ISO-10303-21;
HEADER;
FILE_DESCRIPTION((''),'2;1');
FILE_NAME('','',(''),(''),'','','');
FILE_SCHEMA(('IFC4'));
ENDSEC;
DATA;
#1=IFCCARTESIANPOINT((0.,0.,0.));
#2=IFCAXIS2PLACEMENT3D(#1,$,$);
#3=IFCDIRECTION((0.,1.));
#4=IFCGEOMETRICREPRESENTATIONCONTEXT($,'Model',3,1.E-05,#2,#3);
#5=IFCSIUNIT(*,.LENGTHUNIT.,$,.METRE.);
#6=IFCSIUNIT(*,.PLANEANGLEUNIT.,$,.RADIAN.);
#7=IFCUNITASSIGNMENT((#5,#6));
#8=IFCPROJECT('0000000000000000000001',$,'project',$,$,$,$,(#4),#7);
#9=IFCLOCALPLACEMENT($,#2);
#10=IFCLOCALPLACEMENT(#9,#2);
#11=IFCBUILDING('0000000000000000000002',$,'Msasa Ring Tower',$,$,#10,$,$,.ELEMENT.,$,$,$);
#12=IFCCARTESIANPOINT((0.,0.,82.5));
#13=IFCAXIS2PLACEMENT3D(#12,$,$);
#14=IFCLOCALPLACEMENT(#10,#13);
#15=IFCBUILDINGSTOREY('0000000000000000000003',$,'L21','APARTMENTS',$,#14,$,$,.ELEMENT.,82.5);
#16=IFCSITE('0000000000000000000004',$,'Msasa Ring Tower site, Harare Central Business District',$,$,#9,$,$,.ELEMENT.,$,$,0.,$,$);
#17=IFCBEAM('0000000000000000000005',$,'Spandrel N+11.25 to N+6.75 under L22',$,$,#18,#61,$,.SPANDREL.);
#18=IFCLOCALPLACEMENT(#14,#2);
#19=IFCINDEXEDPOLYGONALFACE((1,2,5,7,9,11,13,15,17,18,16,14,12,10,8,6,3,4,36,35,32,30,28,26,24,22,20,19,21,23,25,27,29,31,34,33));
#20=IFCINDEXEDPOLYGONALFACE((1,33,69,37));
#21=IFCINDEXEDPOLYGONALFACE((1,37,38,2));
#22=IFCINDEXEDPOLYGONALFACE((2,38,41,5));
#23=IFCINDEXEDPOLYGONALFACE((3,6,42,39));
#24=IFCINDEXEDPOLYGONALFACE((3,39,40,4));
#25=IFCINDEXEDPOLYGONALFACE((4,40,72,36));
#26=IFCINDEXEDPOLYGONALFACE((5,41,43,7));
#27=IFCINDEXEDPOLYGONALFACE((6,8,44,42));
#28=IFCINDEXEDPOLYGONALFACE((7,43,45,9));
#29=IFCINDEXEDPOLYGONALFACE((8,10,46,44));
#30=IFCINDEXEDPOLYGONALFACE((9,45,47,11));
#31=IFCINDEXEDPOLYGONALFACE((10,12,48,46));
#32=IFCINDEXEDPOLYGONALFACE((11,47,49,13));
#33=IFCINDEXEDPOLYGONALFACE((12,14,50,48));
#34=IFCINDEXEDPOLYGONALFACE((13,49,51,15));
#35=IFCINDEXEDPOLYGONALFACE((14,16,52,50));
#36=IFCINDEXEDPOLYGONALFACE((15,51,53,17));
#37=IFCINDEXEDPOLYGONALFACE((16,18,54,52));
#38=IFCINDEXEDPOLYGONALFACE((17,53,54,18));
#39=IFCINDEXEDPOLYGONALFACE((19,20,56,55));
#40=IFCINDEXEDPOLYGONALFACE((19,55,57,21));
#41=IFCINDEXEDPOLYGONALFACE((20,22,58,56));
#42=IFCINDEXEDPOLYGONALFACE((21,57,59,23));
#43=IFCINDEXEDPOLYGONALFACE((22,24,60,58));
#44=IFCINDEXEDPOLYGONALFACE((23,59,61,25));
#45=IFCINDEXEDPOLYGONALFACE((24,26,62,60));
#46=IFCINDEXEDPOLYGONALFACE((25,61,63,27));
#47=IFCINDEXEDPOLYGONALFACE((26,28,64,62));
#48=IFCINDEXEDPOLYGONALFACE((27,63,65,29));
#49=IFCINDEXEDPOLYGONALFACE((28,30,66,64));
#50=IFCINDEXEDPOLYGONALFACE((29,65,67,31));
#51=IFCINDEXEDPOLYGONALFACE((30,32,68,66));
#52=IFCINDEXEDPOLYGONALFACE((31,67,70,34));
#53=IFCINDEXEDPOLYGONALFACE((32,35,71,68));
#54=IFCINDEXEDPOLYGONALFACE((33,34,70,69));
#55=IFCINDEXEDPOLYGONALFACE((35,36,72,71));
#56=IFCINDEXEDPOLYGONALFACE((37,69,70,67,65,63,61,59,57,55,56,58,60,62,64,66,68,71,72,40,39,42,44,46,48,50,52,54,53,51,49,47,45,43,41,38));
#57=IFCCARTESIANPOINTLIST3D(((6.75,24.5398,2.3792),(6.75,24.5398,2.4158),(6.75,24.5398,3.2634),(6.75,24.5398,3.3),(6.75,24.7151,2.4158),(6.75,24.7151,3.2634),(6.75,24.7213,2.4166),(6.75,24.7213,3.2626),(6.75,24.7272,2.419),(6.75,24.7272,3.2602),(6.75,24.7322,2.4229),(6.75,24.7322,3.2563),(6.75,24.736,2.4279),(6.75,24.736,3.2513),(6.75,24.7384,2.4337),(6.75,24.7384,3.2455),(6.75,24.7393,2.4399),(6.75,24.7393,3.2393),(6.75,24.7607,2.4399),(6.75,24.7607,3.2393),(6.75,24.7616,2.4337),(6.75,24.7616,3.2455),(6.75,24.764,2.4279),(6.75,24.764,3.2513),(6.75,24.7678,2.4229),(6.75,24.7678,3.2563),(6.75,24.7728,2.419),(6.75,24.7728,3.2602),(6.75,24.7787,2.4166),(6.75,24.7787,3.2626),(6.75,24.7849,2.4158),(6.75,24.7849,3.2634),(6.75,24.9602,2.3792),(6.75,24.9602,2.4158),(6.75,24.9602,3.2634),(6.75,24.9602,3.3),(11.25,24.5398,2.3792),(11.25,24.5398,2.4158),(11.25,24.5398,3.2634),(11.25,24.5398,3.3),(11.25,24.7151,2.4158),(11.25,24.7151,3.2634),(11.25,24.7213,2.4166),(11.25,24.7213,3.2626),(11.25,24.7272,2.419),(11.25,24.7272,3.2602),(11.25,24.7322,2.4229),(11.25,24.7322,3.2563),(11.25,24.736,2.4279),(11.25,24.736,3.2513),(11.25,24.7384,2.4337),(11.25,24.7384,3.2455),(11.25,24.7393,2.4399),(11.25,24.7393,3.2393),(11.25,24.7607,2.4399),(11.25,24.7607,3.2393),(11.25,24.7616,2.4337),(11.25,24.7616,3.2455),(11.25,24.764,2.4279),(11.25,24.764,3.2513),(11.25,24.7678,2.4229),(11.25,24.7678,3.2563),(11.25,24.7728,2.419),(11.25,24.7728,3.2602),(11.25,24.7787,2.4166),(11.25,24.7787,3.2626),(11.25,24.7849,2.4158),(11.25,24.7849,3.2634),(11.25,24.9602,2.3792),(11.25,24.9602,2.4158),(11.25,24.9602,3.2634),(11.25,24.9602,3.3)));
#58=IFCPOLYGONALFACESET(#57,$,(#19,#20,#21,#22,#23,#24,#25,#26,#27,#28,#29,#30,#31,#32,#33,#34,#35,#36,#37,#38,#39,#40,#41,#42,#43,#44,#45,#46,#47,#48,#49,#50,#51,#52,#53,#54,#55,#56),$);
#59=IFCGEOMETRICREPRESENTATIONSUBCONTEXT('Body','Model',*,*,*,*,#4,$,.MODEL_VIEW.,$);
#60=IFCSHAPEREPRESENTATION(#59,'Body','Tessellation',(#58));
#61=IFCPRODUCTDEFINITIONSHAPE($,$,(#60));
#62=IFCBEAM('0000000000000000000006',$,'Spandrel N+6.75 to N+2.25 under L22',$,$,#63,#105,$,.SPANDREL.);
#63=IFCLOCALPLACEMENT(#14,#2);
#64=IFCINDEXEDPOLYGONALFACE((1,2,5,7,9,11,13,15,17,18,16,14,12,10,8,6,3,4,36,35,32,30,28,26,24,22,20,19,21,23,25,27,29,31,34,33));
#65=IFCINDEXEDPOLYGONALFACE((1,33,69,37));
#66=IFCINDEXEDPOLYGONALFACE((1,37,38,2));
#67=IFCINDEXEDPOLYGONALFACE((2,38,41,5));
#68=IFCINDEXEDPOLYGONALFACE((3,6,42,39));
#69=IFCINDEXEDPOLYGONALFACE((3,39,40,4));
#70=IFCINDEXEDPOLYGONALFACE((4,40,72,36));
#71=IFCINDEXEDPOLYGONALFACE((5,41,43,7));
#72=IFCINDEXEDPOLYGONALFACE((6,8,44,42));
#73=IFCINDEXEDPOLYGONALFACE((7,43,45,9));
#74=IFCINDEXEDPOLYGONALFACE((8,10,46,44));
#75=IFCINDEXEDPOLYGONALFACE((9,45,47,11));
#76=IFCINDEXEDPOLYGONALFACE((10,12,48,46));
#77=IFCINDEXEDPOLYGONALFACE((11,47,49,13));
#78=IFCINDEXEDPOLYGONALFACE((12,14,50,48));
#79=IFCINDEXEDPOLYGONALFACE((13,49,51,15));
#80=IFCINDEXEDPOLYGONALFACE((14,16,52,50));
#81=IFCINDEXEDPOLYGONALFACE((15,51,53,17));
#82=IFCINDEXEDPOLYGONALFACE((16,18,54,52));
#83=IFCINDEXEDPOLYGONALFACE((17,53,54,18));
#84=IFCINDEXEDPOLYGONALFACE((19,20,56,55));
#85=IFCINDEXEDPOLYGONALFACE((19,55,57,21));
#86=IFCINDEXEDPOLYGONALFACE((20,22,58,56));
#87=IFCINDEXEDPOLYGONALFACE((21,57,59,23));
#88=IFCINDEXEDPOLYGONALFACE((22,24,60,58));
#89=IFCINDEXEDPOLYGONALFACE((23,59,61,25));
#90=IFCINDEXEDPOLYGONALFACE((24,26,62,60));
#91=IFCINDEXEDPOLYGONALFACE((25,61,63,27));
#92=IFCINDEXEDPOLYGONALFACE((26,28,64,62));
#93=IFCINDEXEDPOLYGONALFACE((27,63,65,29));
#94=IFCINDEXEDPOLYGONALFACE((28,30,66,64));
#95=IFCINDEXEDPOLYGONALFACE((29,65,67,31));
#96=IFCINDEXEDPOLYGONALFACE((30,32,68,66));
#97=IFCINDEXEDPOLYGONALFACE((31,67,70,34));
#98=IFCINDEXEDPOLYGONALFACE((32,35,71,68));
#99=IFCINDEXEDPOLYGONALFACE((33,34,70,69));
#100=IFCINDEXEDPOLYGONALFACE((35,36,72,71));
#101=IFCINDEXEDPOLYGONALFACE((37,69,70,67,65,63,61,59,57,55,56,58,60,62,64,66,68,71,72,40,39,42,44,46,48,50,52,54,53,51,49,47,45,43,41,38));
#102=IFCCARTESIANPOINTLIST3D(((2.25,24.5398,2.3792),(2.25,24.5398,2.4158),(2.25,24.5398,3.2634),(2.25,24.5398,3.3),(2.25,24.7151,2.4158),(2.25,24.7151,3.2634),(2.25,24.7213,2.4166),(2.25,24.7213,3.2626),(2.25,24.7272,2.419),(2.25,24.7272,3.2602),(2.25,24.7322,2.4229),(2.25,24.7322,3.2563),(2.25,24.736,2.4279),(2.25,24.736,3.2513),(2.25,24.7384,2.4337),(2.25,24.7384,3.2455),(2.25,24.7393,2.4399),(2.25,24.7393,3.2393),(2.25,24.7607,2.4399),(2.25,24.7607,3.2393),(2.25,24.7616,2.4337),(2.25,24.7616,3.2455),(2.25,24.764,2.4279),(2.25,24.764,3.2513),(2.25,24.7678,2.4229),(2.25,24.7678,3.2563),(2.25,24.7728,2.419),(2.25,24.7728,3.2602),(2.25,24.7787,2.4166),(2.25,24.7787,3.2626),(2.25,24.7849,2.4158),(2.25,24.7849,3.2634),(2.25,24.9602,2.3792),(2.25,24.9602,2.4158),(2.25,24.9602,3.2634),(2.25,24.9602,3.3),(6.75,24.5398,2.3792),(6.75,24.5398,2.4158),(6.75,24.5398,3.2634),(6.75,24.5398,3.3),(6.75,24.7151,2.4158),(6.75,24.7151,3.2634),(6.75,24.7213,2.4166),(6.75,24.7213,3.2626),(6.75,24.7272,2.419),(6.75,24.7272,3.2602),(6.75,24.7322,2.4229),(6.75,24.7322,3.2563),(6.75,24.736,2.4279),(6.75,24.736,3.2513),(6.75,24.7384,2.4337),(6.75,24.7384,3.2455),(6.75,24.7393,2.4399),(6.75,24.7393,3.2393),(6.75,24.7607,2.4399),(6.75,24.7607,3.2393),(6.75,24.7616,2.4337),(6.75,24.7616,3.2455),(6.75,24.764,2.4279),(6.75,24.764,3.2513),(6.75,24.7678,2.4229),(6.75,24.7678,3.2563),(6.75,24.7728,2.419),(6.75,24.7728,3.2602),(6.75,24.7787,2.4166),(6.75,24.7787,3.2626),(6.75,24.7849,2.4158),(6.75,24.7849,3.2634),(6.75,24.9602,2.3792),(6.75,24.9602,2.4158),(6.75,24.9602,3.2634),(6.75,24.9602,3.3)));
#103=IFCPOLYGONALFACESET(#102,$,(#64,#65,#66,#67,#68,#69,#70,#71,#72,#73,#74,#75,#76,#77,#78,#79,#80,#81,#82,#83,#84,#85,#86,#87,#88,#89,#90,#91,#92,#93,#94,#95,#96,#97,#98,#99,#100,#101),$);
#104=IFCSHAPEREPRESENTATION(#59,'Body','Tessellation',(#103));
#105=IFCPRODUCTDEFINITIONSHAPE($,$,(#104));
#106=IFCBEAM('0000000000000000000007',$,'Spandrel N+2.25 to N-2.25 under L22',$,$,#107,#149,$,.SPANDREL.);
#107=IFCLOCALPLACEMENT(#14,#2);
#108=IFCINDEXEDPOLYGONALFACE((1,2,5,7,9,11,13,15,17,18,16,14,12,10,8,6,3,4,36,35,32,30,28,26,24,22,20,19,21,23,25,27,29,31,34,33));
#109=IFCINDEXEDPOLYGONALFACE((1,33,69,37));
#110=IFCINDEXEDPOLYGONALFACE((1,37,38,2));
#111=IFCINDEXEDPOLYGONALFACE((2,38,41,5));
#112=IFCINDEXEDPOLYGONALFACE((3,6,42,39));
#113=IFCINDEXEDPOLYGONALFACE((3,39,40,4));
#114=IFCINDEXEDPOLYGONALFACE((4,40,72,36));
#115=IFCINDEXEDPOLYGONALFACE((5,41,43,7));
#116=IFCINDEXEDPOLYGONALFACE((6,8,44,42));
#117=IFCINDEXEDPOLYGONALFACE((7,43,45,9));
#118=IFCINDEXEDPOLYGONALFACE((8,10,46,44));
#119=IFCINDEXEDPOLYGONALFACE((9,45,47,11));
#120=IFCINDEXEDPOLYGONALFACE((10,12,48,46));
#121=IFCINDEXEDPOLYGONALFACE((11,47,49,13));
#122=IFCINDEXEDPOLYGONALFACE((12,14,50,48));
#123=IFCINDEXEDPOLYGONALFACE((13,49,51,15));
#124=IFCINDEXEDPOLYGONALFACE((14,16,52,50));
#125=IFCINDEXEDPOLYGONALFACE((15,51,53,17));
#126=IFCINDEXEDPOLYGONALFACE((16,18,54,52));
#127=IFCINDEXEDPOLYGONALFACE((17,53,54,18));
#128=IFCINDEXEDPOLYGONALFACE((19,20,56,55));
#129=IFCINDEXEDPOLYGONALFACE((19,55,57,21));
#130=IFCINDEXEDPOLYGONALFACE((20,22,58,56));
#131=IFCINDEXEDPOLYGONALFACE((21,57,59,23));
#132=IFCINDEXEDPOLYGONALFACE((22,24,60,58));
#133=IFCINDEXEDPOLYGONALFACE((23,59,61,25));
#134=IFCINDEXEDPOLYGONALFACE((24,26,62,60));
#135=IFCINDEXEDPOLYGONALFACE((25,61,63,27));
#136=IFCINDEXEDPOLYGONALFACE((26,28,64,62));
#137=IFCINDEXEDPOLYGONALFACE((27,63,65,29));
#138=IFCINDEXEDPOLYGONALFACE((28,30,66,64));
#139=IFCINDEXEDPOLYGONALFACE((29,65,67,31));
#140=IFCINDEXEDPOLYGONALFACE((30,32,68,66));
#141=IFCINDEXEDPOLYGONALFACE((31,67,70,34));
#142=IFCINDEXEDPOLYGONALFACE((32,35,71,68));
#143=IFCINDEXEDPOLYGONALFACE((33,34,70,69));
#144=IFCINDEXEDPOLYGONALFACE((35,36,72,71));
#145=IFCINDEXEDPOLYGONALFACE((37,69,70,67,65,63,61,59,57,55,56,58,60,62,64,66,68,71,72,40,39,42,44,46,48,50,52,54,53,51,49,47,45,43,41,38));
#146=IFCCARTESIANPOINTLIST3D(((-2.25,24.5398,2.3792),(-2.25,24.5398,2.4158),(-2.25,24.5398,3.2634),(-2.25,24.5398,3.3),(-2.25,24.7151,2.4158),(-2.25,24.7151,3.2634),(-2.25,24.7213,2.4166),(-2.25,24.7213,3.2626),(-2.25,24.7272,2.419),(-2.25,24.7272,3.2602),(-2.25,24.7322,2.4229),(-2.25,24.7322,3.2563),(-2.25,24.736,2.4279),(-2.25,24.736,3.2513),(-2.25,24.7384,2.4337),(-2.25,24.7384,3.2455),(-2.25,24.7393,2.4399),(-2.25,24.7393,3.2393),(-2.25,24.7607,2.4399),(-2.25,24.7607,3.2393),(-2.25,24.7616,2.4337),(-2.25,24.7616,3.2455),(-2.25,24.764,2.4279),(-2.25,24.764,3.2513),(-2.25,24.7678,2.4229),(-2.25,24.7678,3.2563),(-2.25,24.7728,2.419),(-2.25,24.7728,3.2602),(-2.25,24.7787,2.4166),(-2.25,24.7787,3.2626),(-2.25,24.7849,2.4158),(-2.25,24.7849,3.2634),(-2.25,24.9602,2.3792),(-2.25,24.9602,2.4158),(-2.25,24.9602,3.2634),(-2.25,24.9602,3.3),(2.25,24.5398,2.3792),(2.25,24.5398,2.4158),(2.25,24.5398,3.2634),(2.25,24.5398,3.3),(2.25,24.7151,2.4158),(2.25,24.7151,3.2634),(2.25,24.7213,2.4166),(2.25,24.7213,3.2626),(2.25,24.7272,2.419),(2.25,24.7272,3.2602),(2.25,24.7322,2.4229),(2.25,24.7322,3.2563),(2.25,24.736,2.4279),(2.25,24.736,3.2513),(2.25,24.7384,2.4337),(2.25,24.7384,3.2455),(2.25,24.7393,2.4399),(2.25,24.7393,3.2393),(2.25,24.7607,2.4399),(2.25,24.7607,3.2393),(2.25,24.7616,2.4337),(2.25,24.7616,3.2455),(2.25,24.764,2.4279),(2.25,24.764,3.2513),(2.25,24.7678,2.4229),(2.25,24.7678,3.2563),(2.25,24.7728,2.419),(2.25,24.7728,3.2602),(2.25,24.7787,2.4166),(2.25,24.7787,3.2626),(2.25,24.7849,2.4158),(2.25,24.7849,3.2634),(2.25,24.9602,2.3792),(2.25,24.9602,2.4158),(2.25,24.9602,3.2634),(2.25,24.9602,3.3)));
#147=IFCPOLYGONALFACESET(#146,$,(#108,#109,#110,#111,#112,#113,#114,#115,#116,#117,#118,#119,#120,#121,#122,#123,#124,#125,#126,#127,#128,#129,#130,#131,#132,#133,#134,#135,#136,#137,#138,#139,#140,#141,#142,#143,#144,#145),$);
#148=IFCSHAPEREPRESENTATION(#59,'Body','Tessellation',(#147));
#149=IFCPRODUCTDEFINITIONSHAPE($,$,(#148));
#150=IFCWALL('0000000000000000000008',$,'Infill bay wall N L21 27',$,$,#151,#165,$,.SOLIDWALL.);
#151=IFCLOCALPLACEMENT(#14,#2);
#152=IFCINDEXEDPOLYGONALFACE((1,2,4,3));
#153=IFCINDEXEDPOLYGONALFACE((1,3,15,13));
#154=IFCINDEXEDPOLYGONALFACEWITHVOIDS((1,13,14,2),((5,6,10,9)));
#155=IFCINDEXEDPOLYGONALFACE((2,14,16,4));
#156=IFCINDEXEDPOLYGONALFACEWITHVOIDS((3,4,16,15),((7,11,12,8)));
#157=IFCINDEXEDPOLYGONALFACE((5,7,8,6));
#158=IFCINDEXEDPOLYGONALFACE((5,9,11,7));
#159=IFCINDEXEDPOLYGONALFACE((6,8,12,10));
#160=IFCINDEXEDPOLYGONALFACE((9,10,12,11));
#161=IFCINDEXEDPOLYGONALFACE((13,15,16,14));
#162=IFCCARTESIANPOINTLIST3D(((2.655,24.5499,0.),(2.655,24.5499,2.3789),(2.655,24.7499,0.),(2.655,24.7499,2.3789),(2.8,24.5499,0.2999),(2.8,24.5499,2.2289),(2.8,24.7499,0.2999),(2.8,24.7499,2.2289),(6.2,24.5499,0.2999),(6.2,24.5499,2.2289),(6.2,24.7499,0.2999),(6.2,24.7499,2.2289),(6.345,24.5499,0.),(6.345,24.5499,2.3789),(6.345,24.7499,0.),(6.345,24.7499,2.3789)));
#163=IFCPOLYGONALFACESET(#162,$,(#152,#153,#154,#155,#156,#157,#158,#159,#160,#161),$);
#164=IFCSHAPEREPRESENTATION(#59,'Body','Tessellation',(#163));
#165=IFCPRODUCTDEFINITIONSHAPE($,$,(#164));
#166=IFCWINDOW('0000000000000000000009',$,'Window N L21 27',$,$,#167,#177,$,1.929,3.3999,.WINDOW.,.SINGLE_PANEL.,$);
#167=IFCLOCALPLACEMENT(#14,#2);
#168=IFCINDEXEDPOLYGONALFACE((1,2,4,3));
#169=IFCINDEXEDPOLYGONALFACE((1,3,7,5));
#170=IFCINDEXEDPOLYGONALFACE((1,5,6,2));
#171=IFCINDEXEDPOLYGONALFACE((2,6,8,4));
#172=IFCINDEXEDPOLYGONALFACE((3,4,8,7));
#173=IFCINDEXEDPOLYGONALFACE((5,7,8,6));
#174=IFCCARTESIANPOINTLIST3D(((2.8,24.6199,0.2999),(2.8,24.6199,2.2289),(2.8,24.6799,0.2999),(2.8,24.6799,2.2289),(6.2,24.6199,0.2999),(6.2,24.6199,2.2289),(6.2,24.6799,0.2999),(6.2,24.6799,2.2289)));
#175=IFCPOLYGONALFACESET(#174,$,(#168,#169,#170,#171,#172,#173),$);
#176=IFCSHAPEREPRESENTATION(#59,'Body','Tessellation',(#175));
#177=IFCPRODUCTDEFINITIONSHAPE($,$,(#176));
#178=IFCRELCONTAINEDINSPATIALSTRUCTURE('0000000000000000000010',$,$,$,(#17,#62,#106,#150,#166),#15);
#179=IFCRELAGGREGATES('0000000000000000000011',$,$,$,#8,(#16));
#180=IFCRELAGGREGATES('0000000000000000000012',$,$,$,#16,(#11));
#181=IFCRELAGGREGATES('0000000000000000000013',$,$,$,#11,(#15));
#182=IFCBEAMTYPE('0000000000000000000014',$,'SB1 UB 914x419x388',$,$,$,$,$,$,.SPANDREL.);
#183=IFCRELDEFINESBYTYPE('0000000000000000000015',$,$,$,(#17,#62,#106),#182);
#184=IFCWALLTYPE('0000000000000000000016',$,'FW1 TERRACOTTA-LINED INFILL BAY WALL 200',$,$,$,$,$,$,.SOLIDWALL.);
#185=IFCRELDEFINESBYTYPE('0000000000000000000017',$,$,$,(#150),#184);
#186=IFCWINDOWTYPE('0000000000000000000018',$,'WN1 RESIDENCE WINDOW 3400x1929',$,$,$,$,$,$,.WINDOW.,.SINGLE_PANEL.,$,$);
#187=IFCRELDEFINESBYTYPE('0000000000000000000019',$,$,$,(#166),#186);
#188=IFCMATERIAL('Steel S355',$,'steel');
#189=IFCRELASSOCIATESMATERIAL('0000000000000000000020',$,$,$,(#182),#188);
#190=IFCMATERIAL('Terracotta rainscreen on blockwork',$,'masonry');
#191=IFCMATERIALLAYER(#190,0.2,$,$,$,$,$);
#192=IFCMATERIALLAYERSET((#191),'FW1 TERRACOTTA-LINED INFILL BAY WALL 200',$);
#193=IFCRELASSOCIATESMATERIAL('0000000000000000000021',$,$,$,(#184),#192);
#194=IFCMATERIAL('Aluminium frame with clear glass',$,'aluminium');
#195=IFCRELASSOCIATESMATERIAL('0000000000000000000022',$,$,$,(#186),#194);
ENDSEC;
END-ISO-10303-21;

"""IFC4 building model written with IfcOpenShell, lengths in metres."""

from ifc_helpers import new_model, si_unit, direction, frame, frame_2d, origin, origin_2d, place, context, subcontext, project, spatial, rectangle, i_section, extrude, material, layer, layer_set, material_profile, profile_set, type_object, element, fill, save


model = new_model("IFC4")

# Units and contexts
model_context = context("Model", 3, precision=1e-05, world=origin(), true_north=direction((0.0, 1.0)))
body_context = subcontext(model_context, "Body", "Model", "MODEL_VIEW")
ifc_project = project(units=[si_unit("LENGTHUNIT", "METRE"), si_unit("PLANEANGLEUNIT", "RADIAN")], contexts=[model_context])

# Site, building, storey
site_placement = place(None, origin())
site = spatial("IfcSite", under=ifc_project, at=site_placement, Name="Msasa Ring Tower site, Harare Central Business District", CompositionType="ELEMENT", RefElevation=0.0)
building_placement = place(site_placement, origin())
building = spatial("IfcBuilding", under=site, at=building_placement, Name="Msasa Ring Tower", CompositionType="ELEMENT")
storey_placement = place(building_placement, frame((0.0, 0.0, 82.5)))
storey = spatial("IfcBuildingStorey", under=building, at=storey_placement, Name="L21", Description="APARTMENTS", CompositionType="ELEMENT", Elevation=82.5)

# Beams
ifc_material_1 = material(Name="Steel S355", Category="steel")
ifc_material_profile_1 = material_profile(ifc_material_1, i_section(OverallWidth=0.4204, OverallDepth=0.9209, WebThickness=0.0215, FlangeThickness=0.0366, FilletRadius=0.0242, at=origin_2d()), Name="UB 914x419x388")
ifc_profile_set_1 = profile_set([ifc_material_profile_1], Name="Steel S355")
beam_type_1 = type_object("IfcBeamType", Name="SB1 UB 914x419x388", PredefinedType="SPANDREL", material=ifc_profile_set_1)
for number, where, z_axis, x_axis, name in (
    (1, (11.25, 24.75, 2.8396), (-1.0, 0.0, 0.0), (0.0, -1.0, 0.0), "Spandrel N+11.25 to N+6.75 under L22"),
    (2, (6.75, 24.75, 2.8396), (-1.0, 0.0, 0.0), (0.0, -1.0, 0.0), "Spandrel N+6.75 to N+2.25 under L22"),
    (3, (2.25, 24.75, 2.8396), (-1.0, 0.0, 0.0), (0.0, -1.0, 0.0), "Spandrel N+2.25 to N-2.25 under L22"),
):
    element("IfcBeam", number, at=place(storey_placement, frame(where, z_axis=z_axis, x_axis=x_axis)), inside=storey, type_object=beam_type_1, Name=name, PredefinedType="SPANDREL", context=body_context, shape_type="SweptSolid", body=[
        extrude(i_section(OverallWidth=0.4204, OverallDepth=0.9209, WebThickness=0.0215, FlangeThickness=0.0366, FilletRadius=0.0242, at=origin_2d()), origin(), (0.0, 0.0, 1.0), 4.5),
    ])

# Wall, opening, window
ifc_material_2 = material(Name="Terracotta rainscreen on blockwork", Category="masonry")
ifc_layer_1 = layer(ifc_material_2, 0.2)
ifc_layer_set_1 = layer_set([ifc_layer_1], Name="FW1 TERRACOTTA-LINED INFILL BAY WALL 200")
wall_type_1 = type_object("IfcWallType", Name="FW1 TERRACOTTA-LINED INFILL BAY WALL 200", PredefinedType="SOLIDWALL", material=ifc_layer_set_1)
wall_1_placement = place(storey_placement, frame((2.655, 24.6499, 0.0), z_axis=(0.0, 0.0, 1.0), x_axis=(1.0, 0.0, 0.0)))
wall_1 = element("IfcWall", 4, at=wall_1_placement, inside=storey, type_object=wall_type_1, Name="Infill bay wall N L21 27", PredefinedType="SOLIDWALL", context=body_context, shape_type="SweptSolid", body=[
    extrude(rectangle(XDim=3.6899, YDim=0.2, at=frame_2d((1.845, 0.0))), origin(), (0.0, 0.0, 1.0), 2.3789),
])
opening_1_placement = place(wall_1_placement, frame((0.145, 0.0, 0.3)))
opening_1 = element("IfcOpeningElement", 5, at=opening_1_placement, cuts=wall_1, PredefinedType="OPENING", context=body_context, shape_type="SweptSolid", body=[
    extrude(rectangle(XDim=3.3999, YDim=1.929, at=frame_2d((1.7, 0.9644))), frame((0.0, 0.1099, 0.0), z_axis=(0.0, -1.0, 0.0), x_axis=(1.0, 0.0, 0.0)), (0.0, 0.0, 1.0), 0.22),
])
ifc_material_3 = material(Name="Aluminium frame with clear glass", Category="aluminium")
window_type = type_object("IfcWindowType", Name="WN1 RESIDENCE WINDOW 3400x1929", PartitioningType="SINGLE_PANEL", PredefinedType="WINDOW", material=ifc_material_3)
window_1_placement = place(opening_1_placement, origin())
window_1 = element("IfcWindow", 6, at=window_1_placement, inside=storey, type_object=window_type, Name="Window N L21 27", OverallHeight=1.929, OverallWidth=3.3999, PartitioningType="SINGLE_PANEL", PredefinedType="WINDOW", context=body_context, shape_type="SweptSolid", body=[
    extrude(rectangle(XDim=3.3999, YDim=1.929, at=frame_2d((1.7, 0.9644))), frame((0.0, 0.03, 0.0), z_axis=(0.0, -1.0, 0.0), x_axis=(1.0, 0.0, 0.0)), (0.0, 0.0, 1.0), 0.0601),
])
fill(opening_1, window_1)

save(model, "model.ifc")
